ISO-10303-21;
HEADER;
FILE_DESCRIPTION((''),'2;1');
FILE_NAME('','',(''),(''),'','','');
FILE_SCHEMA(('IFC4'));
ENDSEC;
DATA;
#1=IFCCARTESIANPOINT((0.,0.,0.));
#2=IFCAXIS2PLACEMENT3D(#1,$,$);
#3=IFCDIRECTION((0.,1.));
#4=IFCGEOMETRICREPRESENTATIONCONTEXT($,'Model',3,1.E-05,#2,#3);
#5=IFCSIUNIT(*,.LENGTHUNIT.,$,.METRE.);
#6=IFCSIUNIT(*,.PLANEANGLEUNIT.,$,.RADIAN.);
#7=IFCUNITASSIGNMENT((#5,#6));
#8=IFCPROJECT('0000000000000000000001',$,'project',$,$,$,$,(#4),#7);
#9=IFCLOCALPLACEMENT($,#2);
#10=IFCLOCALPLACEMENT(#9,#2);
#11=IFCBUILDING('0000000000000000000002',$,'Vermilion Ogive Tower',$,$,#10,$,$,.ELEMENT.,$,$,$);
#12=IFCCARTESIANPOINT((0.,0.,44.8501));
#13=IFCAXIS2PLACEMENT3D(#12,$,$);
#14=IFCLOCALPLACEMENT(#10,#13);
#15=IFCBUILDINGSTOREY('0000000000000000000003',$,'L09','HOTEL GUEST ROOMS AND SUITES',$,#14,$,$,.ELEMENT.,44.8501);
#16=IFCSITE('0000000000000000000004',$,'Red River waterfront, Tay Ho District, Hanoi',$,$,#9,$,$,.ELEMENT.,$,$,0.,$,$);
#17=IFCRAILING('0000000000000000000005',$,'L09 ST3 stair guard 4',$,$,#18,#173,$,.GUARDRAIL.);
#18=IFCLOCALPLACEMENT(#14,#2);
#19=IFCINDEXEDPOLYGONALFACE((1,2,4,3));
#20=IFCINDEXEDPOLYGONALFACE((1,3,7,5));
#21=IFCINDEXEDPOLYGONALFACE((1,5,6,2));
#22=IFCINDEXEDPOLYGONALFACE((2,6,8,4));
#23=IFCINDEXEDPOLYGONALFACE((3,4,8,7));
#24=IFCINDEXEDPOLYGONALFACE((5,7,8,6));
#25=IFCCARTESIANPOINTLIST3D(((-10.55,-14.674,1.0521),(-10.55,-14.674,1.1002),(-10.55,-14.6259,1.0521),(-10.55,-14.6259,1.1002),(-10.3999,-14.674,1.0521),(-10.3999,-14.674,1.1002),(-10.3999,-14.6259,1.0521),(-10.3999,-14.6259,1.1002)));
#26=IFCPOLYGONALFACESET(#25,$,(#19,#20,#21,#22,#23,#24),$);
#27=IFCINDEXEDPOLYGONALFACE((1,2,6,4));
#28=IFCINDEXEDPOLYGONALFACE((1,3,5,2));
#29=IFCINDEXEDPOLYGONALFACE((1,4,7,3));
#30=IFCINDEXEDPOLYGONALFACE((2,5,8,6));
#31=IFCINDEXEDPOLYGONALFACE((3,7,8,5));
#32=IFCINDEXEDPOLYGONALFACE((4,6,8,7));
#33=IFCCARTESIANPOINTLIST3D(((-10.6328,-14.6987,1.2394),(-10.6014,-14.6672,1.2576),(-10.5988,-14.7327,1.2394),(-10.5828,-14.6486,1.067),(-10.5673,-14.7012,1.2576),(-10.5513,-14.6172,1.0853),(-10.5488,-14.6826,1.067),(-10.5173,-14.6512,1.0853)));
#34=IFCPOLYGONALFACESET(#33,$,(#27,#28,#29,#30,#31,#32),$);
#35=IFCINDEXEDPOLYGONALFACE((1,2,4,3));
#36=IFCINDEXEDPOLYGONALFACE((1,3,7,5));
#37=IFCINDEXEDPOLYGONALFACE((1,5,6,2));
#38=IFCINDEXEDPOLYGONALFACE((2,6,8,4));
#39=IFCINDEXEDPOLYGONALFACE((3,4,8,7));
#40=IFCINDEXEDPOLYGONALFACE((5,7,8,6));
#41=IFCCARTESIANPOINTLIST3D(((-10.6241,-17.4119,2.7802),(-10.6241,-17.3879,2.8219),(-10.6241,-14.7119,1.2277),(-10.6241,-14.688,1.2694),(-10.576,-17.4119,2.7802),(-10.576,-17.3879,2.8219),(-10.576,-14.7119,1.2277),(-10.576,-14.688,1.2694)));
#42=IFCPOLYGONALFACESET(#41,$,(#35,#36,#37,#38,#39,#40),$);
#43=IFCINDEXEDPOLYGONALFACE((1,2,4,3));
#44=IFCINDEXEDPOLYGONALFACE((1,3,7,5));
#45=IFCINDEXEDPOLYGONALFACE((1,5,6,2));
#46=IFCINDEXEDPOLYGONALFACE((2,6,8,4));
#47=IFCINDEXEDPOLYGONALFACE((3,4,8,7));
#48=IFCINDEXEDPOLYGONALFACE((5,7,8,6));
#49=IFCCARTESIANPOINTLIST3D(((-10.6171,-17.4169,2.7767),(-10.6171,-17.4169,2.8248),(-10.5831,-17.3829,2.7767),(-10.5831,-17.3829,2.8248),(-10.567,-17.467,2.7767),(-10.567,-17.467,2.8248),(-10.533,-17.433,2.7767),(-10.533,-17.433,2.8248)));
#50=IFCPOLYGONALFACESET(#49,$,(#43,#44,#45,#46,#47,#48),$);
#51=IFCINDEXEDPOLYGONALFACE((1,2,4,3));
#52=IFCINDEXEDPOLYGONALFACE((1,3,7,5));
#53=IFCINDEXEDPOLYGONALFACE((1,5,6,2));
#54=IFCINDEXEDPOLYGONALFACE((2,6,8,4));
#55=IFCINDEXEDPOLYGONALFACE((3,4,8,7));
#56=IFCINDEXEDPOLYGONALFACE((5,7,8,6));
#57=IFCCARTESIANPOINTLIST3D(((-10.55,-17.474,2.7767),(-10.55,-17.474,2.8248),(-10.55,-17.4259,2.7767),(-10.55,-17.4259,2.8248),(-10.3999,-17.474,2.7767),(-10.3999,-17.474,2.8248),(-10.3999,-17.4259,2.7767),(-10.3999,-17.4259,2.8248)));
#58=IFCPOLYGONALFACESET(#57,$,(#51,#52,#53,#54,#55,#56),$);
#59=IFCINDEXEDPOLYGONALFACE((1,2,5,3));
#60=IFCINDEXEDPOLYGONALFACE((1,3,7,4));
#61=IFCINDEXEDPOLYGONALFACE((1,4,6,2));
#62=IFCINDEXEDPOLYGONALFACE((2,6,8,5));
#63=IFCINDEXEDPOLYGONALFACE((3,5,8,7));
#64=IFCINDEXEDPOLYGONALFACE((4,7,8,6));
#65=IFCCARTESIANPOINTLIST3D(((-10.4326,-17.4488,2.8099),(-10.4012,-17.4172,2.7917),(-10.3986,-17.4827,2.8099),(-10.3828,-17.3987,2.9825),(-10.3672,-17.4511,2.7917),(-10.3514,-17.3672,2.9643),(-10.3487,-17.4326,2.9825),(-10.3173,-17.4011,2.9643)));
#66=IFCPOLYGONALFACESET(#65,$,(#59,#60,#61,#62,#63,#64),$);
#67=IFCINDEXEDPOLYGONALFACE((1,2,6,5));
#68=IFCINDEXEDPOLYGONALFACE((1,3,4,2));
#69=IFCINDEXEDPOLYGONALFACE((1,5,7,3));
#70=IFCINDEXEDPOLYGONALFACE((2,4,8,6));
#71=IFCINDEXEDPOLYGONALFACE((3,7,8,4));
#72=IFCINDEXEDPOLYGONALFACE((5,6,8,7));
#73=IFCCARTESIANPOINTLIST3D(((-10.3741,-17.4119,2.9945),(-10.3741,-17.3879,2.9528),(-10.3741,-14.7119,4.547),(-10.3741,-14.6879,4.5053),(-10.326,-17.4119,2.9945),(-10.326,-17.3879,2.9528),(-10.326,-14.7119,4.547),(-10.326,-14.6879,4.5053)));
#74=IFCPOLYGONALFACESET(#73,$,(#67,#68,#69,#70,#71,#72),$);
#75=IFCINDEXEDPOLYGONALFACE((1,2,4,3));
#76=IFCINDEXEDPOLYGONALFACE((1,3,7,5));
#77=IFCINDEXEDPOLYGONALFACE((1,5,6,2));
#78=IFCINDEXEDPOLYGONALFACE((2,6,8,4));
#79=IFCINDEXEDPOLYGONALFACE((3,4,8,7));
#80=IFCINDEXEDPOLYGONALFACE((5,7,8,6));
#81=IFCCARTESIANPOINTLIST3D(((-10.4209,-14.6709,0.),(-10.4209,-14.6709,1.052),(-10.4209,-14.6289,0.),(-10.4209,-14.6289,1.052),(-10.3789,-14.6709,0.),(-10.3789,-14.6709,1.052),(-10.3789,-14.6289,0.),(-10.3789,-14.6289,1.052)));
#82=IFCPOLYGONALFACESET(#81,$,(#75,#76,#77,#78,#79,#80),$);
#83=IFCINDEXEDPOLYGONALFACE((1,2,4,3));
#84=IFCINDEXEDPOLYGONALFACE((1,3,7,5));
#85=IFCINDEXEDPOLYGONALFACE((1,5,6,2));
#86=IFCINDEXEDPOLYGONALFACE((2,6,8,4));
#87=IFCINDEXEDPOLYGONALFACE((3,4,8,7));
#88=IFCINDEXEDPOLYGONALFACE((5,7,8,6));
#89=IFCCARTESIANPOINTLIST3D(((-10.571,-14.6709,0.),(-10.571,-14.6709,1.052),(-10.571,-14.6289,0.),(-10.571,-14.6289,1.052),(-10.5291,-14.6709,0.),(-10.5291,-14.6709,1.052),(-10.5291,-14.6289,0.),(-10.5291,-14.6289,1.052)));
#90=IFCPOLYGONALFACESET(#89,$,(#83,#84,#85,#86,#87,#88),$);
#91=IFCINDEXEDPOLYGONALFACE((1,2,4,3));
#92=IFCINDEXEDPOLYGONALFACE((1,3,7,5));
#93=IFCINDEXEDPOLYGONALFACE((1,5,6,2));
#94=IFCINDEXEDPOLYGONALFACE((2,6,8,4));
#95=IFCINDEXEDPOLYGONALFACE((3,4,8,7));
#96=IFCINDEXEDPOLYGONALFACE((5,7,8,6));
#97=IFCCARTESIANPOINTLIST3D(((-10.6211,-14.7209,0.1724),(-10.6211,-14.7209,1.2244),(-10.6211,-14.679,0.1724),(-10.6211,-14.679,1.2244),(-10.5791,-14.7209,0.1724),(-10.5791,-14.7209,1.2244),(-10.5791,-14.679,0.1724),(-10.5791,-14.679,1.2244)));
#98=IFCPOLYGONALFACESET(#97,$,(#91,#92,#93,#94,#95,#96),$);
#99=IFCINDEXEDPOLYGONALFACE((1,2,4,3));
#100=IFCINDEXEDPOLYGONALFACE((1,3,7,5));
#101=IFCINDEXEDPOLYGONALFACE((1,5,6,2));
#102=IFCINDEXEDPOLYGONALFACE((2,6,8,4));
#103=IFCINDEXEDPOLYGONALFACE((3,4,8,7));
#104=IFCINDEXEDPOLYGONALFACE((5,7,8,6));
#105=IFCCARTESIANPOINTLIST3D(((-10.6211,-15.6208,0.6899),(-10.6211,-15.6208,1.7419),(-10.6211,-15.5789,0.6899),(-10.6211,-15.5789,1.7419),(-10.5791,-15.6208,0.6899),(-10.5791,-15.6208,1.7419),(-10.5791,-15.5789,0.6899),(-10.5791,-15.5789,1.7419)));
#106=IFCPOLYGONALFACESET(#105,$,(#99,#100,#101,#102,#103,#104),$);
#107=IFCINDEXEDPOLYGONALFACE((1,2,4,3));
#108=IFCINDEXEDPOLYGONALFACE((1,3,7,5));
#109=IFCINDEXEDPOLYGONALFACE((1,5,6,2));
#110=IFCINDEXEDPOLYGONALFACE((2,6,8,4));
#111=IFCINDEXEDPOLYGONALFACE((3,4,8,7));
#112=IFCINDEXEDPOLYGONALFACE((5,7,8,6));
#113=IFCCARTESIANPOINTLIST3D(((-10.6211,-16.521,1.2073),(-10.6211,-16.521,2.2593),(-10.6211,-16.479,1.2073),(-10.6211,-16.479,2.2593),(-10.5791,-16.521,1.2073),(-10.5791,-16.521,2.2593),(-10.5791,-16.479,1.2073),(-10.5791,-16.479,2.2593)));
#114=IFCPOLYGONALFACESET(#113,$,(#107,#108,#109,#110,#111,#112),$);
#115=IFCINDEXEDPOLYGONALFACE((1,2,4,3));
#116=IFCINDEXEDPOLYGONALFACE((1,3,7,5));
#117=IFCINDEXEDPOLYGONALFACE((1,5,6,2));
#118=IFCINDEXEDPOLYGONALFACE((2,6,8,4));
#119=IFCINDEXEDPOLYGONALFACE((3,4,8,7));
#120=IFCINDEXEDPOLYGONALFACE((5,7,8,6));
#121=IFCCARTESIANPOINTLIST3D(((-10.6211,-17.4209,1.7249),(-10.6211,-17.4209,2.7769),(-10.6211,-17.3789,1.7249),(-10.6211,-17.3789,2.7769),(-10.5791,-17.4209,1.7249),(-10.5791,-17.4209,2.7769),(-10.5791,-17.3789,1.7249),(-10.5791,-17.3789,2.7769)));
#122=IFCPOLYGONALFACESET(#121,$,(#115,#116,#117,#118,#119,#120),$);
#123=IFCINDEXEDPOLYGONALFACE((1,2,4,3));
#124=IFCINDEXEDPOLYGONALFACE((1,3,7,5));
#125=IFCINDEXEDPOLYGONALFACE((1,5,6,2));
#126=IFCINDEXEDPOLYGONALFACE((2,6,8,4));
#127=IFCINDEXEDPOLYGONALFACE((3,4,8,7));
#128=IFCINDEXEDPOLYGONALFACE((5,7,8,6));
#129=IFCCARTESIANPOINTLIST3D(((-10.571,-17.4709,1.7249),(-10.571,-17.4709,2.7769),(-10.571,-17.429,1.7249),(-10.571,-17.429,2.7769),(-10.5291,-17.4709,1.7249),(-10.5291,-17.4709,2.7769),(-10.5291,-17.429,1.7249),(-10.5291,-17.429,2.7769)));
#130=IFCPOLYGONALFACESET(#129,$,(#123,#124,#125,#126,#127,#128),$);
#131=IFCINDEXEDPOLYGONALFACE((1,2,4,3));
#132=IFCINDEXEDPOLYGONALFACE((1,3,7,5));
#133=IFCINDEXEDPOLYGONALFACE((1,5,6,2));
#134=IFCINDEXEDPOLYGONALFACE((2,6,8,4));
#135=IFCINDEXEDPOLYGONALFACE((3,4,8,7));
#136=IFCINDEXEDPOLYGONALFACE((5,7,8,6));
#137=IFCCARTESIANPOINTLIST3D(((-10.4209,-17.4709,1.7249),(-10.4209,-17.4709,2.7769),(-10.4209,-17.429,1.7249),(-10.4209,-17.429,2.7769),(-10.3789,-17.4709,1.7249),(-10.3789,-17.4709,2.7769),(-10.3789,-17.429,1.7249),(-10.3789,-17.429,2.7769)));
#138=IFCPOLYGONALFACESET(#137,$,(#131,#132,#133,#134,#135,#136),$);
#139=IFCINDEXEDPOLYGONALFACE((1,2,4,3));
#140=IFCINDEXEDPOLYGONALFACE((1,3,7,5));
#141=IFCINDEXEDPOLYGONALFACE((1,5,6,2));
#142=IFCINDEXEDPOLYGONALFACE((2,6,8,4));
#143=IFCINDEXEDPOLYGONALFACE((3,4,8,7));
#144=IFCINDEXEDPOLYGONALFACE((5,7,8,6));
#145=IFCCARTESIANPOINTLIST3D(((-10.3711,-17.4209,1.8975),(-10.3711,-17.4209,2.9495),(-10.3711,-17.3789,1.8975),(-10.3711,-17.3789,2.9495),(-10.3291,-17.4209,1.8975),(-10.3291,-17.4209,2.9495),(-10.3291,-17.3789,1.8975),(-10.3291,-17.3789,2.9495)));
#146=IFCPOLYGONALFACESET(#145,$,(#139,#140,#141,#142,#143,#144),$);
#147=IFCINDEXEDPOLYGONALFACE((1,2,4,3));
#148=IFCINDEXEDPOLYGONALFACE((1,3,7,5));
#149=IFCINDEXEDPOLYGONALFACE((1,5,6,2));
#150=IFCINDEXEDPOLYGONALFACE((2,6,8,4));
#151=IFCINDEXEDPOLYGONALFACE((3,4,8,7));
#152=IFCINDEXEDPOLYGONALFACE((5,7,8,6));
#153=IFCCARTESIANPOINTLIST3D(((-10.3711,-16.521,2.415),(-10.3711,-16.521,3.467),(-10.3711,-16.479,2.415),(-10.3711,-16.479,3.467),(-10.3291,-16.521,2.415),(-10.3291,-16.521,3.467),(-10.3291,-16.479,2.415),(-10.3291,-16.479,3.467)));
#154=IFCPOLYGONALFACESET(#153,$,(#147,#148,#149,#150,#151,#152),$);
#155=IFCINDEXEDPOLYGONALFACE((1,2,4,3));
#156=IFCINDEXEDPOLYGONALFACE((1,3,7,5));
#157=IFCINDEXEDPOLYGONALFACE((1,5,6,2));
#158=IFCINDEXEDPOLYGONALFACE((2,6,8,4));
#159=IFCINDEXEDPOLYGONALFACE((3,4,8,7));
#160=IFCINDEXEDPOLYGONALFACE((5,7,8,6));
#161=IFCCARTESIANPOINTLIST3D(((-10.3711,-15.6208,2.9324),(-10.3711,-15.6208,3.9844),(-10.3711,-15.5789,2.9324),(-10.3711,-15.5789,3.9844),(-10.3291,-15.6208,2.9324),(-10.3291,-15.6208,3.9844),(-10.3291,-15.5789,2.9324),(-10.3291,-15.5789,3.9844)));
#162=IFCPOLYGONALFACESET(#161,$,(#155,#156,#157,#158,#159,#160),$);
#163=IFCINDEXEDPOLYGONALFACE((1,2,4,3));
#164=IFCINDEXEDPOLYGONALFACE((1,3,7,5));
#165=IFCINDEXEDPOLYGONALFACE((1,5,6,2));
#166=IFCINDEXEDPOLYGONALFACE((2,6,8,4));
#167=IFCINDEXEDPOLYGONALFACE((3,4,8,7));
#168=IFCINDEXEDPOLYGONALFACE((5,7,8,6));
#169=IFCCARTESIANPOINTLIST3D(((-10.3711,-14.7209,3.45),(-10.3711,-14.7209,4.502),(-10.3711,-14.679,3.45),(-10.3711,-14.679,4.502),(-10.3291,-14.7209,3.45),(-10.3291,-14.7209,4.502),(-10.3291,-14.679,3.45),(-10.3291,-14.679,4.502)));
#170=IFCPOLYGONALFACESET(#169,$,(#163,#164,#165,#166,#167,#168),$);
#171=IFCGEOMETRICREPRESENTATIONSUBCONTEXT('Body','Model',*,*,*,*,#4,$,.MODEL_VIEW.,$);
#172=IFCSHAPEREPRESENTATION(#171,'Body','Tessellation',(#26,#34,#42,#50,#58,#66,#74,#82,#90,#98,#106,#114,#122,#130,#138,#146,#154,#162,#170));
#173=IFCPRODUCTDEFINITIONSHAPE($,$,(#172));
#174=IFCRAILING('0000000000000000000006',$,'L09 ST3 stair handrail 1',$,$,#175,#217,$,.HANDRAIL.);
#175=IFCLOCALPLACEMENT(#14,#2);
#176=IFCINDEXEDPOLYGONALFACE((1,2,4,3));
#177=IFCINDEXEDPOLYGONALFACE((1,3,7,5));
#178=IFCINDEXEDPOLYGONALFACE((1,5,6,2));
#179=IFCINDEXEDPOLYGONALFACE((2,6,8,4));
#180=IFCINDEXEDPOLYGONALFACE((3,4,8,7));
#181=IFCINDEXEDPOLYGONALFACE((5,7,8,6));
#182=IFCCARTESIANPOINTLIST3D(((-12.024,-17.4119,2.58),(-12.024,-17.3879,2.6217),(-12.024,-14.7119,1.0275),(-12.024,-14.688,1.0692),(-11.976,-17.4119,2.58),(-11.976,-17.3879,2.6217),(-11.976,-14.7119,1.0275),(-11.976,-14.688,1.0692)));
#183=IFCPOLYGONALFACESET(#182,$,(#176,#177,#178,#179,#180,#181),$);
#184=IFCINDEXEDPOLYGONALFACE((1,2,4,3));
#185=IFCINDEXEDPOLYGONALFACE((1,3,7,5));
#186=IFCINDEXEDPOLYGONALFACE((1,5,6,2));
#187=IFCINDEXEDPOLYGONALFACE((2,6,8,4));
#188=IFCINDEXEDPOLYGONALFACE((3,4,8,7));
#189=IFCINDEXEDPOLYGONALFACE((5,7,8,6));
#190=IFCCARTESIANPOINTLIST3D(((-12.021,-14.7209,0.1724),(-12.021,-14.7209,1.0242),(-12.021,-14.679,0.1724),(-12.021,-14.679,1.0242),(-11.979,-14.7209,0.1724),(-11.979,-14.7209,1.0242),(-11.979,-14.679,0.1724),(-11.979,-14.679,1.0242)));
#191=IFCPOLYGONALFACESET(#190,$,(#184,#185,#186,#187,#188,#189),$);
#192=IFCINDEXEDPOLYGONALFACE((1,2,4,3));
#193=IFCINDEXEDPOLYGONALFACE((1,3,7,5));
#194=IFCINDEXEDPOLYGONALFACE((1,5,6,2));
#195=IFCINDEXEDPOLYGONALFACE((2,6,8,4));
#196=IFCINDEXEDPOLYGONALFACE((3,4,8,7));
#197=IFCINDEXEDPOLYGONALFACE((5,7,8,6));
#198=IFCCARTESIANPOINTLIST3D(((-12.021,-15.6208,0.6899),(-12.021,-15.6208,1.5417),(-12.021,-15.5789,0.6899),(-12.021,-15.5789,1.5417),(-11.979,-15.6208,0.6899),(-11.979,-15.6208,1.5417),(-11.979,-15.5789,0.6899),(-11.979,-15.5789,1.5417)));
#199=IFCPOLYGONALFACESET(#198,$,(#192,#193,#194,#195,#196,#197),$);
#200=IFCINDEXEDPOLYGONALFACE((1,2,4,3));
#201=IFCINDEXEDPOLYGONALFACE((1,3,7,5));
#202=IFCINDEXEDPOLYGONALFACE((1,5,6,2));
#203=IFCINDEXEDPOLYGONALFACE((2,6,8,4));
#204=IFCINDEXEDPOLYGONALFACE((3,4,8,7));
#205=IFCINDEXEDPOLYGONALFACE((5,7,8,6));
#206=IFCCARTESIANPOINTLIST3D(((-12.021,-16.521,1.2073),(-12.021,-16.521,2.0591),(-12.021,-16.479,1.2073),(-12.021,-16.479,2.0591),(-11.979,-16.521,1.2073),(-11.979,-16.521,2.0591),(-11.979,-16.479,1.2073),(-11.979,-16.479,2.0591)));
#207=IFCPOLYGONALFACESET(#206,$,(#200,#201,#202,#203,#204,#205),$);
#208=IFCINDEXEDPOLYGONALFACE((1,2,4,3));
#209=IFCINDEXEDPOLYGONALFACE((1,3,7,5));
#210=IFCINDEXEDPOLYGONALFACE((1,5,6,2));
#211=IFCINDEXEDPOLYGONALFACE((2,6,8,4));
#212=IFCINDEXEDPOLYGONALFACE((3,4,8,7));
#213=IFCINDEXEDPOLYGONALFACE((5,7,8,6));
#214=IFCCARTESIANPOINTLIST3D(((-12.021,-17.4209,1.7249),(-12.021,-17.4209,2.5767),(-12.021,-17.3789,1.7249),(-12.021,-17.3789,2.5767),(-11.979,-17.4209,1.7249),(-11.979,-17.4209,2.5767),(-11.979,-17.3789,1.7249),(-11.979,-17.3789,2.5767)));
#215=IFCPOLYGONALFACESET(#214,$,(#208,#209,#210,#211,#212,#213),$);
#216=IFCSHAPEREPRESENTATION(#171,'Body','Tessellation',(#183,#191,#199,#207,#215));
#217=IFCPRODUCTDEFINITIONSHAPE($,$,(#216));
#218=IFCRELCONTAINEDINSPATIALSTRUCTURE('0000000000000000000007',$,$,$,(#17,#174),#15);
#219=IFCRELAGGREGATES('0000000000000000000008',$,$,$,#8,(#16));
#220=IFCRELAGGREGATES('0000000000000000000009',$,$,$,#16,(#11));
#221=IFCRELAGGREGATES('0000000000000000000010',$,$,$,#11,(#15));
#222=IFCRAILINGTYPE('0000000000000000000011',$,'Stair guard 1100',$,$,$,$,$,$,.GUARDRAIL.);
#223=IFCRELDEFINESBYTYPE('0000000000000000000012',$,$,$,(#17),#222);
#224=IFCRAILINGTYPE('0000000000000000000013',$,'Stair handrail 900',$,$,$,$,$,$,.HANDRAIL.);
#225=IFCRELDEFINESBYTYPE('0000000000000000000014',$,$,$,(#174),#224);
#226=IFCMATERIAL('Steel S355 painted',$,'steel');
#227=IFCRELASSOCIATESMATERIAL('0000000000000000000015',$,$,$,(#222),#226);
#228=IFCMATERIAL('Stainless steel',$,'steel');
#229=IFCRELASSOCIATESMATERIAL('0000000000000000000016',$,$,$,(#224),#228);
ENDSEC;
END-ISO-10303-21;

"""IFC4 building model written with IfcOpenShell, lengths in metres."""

from ifc_helpers import new_model, si_unit, direction, frame, origin, origin_2d, place, context, subcontext, project, spatial, rectangle, extrude, material, type_object, element, save


model = new_model("IFC4")

# Units and contexts
model_context = context("Model", 3, precision=1e-05, world=origin(), true_north=direction((0.0, 1.0)))
body_context = subcontext(model_context, "Body", "Model", "MODEL_VIEW")
ifc_project = project(units=[si_unit("LENGTHUNIT", "METRE"), si_unit("PLANEANGLEUNIT", "RADIAN")], contexts=[model_context])

# Site, building, storey
site_placement = place(None, origin())
site = spatial("IfcSite", under=ifc_project, at=site_placement, Name="Red River waterfront, Tay Ho District, Hanoi", CompositionType="ELEMENT", RefElevation=0.0)
building_placement = place(site_placement, origin())
building = spatial("IfcBuilding", under=site, at=building_placement, Name="Vermilion Ogive Tower", CompositionType="ELEMENT")
storey_placement = place(building_placement, frame((0.0, 0.0, 44.8501)))
storey = spatial("IfcBuildingStorey", under=building, at=storey_placement, Name="L09", Description="HOTEL GUEST ROOMS AND SUITES", CompositionType="ELEMENT", Elevation=44.8501)

# Railings
ifc_material_1 = material(Name="Steel S355 painted", Category="steel")
railing_type_1 = type_object("IfcRailingType", Name="Stair guard 1100", PredefinedType="GUARDRAIL", material=ifc_material_1)
railing_1_placement = place(storey_placement, frame((-10.3999, -14.6499, 0.0)))
element("IfcRailing", 1, at=railing_1_placement, inside=storey, type_object=railing_type_1, Name="L09 ST3 stair guard 4", PredefinedType="GUARDRAIL", context=body_context, shape_type="SweptSolid", body=[
    extrude(rectangle(XDim=0.0481, YDim=0.0481, at=origin_2d()), frame((0.0, 0.0, 1.0762), z_axis=(-1.0, 0.0, 0.0), x_axis=(0.0, -1.0, 0.0)), (0.0, 0.0, 1.0), 0.1501),
    extrude(rectangle(XDim=0.0481, YDim=0.0481, at=origin_2d()), frame((-0.1501, 0.0, 1.0762), z_axis=(-0.268603, -0.268603, 0.925043), x_axis=(0.707107, -0.707107, 0.0)), (0.0, 0.0, 1.0), 0.1863),
    extrude(rectangle(XDim=0.0481, YDim=0.0481, at=origin_2d()), frame((-0.2002, -0.05, 1.2485), z_axis=(0.0, -0.866904, 0.498476), x_axis=(1.0, 0.0, 0.0)), (0.0, 0.0, 1.0), 3.1145),
    extrude(rectangle(XDim=0.0481, YDim=0.0481, at=origin_2d()), frame((-0.2002, -2.75, 2.8008), z_axis=(0.707107, -0.707107, 0.0), x_axis=(0.707107, 0.707107, 0.0)), (0.0, 0.0, 1.0), 0.0708),
    extrude(rectangle(XDim=0.0481, YDim=0.0481, at=origin_2d()), frame((-0.1501, -2.8, 2.8008), z_axis=(1.0, 0.0, 0.0), x_axis=(0.0, 1.0, 0.0)), (0.0, 0.0, 1.0), 0.1501),
    extrude(rectangle(XDim=0.0481, YDim=0.0481, at=origin_2d()), frame((0.0, -2.8, 2.8008), z_axis=(0.267063, 0.268372, 0.925556), x_axis=(-0.708834, 0.705376, 0.0)), (0.0, 0.0, 1.0), 0.1865),
    extrude(rectangle(XDim=0.0481, YDim=0.0481, at=origin_2d()), frame((0.0498, -2.75, 2.9736), z_axis=(0.0, 0.866904, 0.498476), x_axis=(-1.0, 0.0, 0.0)), (0.0, 0.0, 1.0), 3.1145),
    extrude(rectangle(XDim=0.042, YDim=0.042, at=origin_2d()), origin(), (0.0, 0.0, 1.0), 1.052),
    extrude(rectangle(XDim=0.042, YDim=0.042, at=origin_2d()), frame((-0.1501, 0.0, 0.0)), (0.0, 0.0, 1.0), 1.052),
    extrude(rectangle(XDim=0.042, YDim=0.042, at=origin_2d()), frame((-0.2002, -0.05, 0.1724)), (0.0, 0.0, 1.0), 1.052),
    extrude(rectangle(XDim=0.042, YDim=0.042, at=origin_2d()), frame((-0.2002, -0.95, 0.6899)), (0.0, 0.0, 1.0), 1.052),
    extrude(rectangle(XDim=0.042, YDim=0.042, at=origin_2d()), frame((-0.2002, -1.8501, 1.2073)), (0.0, 0.0, 1.0), 1.052),
    extrude(rectangle(XDim=0.042, YDim=0.042, at=origin_2d()), frame((-0.2002, -2.75, 1.7249)), (0.0, 0.0, 1.0), 1.052),
    extrude(rectangle(XDim=0.042, YDim=0.042, at=origin_2d()), frame((-0.1501, -2.8, 1.7249)), (0.0, 0.0, 1.0), 1.052),
    extrude(rectangle(XDim=0.042, YDim=0.042, at=origin_2d()), frame((0.0, -2.8, 1.7249)), (0.0, 0.0, 1.0), 1.052),
    extrude(rectangle(XDim=0.042, YDim=0.042, at=origin_2d()), frame((0.0498, -2.75, 1.8975)), (0.0, 0.0, 1.0), 1.052),
    extrude(rectangle(XDim=0.042, YDim=0.042, at=origin_2d()), frame((0.0498, -1.8501, 2.415)), (0.0, 0.0, 1.0), 1.052),
    extrude(rectangle(XDim=0.042, YDim=0.042, at=origin_2d()), frame((0.0498, -0.95, 2.9324)), (0.0, 0.0, 1.0), 1.052),
    extrude(rectangle(XDim=0.042, YDim=0.042, at=origin_2d()), frame((0.0498, -0.05, 3.45)), (0.0, 0.0, 1.0), 1.052),
])
ifc_material_2 = material(Name="Stainless steel", Category="steel")
railing_type_2 = type_object("IfcRailingType", Name="Stair handrail 900", PredefinedType="HANDRAIL", material=ifc_material_2)
railing_2_placement = place(storey_placement, frame((-12.0, -14.7, 0.1724)))
element("IfcRailing", 2, at=railing_2_placement, inside=storey, type_object=railing_type_2, Name="L09 ST3 stair handrail 1", PredefinedType="HANDRAIL", context=body_context, shape_type="SweptSolid", body=[
    extrude(rectangle(XDim=0.0481, YDim=0.0481, at=origin_2d()), frame((0.0, 0.0, 0.876), z_axis=(0.0, -0.866904, 0.498476), x_axis=(1.0, 0.0, 0.0)), (0.0, 0.0, 1.0), 3.1145),
    extrude(rectangle(XDim=0.042, YDim=0.042, at=origin_2d()), origin(), (0.0, 0.0, 1.0), 0.8518),
    extrude(rectangle(XDim=0.042, YDim=0.042, at=origin_2d()), frame((0.0, -0.8999, 0.5176)), (0.0, 0.0, 1.0), 0.8518),
    extrude(rectangle(XDim=0.042, YDim=0.042, at=origin_2d()), frame((0.0, -1.8, 1.0349)), (0.0, 0.0, 1.0), 0.8518),
    extrude(rectangle(XDim=0.042, YDim=0.042, at=origin_2d()), frame((0.0, -2.7, 1.5525)), (0.0, 0.0, 1.0), 0.8518),
])

save(model, "model.ifc")
